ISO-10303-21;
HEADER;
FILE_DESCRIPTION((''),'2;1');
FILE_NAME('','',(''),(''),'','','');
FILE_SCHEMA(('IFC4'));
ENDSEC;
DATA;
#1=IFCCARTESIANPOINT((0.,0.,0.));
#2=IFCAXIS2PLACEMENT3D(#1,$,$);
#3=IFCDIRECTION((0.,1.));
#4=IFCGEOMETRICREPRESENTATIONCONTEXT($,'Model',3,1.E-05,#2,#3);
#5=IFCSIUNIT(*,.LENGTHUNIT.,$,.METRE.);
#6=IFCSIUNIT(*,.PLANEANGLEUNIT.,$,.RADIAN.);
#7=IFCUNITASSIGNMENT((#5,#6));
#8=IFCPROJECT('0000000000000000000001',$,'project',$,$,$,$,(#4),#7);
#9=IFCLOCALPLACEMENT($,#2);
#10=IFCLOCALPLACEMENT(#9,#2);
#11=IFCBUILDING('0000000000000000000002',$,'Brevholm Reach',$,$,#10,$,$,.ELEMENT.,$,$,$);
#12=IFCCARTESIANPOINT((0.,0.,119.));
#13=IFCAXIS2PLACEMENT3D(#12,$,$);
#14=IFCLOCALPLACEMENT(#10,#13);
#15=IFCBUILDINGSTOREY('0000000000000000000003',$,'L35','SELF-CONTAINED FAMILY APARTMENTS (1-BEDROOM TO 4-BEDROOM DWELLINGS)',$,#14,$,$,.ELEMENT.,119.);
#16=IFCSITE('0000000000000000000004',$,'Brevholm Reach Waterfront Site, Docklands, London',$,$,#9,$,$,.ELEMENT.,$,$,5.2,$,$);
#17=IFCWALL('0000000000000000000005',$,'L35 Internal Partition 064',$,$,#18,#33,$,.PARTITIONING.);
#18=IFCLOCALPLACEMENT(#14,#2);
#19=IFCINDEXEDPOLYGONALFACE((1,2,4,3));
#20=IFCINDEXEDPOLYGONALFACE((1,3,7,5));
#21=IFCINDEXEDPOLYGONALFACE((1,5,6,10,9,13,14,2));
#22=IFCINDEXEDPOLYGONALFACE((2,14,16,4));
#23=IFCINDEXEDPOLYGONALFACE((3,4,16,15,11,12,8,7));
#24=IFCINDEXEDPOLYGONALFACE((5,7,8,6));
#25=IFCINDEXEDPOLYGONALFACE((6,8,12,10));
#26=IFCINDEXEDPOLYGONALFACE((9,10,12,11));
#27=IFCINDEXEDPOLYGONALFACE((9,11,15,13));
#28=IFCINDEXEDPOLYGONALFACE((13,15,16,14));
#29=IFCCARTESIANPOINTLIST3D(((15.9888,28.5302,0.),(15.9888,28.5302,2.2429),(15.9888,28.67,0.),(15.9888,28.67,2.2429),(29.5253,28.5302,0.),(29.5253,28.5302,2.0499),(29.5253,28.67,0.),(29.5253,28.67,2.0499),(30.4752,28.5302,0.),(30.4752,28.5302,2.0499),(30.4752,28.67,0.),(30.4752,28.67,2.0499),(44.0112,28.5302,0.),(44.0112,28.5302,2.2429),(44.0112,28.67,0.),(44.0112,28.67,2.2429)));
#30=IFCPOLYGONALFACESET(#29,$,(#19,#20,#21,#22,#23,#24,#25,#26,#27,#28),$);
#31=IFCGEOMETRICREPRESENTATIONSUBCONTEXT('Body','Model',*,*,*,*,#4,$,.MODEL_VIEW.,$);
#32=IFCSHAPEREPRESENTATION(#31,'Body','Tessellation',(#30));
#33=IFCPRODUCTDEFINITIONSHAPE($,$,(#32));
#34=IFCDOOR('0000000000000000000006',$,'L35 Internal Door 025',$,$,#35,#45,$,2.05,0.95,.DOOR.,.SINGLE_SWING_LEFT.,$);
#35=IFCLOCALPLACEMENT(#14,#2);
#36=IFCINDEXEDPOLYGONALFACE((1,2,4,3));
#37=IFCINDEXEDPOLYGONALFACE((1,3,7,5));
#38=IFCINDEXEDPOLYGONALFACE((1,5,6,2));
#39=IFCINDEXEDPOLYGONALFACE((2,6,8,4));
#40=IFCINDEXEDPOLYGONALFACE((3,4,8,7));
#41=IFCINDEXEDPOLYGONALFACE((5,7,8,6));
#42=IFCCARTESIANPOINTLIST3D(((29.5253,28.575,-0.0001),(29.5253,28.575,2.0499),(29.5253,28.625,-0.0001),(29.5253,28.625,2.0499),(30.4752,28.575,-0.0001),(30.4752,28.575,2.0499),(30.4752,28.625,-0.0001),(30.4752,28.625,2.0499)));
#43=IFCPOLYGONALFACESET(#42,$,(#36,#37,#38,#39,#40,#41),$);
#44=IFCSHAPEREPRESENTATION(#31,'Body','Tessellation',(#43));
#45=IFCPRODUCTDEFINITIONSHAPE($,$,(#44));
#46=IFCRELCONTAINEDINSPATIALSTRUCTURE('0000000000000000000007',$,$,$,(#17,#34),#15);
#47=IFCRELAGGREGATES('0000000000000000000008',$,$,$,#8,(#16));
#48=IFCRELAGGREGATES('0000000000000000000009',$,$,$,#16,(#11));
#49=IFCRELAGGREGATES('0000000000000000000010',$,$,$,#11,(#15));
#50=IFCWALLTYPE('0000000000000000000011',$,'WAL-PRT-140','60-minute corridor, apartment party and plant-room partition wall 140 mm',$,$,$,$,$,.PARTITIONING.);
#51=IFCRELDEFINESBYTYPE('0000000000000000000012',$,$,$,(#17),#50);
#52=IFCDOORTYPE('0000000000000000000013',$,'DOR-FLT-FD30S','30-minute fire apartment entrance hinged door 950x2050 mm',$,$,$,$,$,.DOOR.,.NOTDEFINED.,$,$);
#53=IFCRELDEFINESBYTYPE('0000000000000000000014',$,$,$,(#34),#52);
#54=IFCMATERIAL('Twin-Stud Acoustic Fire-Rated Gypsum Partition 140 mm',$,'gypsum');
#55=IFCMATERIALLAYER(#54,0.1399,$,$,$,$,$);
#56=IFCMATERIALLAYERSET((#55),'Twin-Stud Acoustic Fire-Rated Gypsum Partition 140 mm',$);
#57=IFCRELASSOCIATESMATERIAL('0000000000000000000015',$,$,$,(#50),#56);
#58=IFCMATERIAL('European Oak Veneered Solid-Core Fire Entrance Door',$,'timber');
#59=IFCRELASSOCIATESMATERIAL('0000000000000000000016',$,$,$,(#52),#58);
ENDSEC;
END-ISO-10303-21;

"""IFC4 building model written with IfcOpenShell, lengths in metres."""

from ifc_helpers import new_model, si_unit, direction, frame, frame_2d, origin, place, context, subcontext, project, spatial, rectangle, extrude, material, layer, layer_set, type_object, element, fill, save


model = new_model("IFC4")

# Units and contexts
model_context = context("Model", 3, precision=1e-05, world=origin(), true_north=direction((0.0, 1.0)))
body_context = subcontext(model_context, "Body", "Model", "MODEL_VIEW")
ifc_project = project(units=[si_unit("LENGTHUNIT", "METRE"), si_unit("PLANEANGLEUNIT", "RADIAN")], contexts=[model_context])

# Site, building, storey
site_placement = place(None, origin())
site = spatial("IfcSite", under=ifc_project, at=site_placement, Name="Brevholm Reach Waterfront Site, Docklands, London", CompositionType="ELEMENT", RefElevation=5.2)
building_placement = place(site_placement, origin())
building = spatial("IfcBuilding", under=site, at=building_placement, Name="Brevholm Reach", CompositionType="ELEMENT")
storey_placement = place(building_placement, frame((0.0, 0.0, 119.0)))
storey = spatial("IfcBuildingStorey", under=building, at=storey_placement, Name="L35", Description="SELF-CONTAINED FAMILY APARTMENTS (1-BEDROOM TO 4-BEDROOM DWELLINGS)", CompositionType="ELEMENT", Elevation=119.0)

# Shared definitions
ifc_material_1 = material(Name="Twin-Stud Acoustic Fire-Rated Gypsum Partition 140 mm", Category="gypsum")
ifc_layer_1 = layer(ifc_material_1, 0.1399)
ifc_layer_set_1 = layer_set([ifc_layer_1], Name="Twin-Stud Acoustic Fire-Rated Gypsum Partition 140 mm")
wall_type_1 = type_object("IfcWallType", Name="WAL-PRT-140", Description="60-minute corridor, apartment party and plant-room partition wall 140 mm", PredefinedType="PARTITIONING", material=ifc_layer_set_1)

# Wall, opening, door
wall_1_placement = place(storey_placement, frame((15.9888, 28.6001, 0.0), z_axis=(0.0, 0.0, 1.0), x_axis=(1.0, 0.0, 0.0)))
wall_1 = element("IfcWall", 1, at=wall_1_placement, inside=storey, type_object=wall_type_1, Name="L35 Internal Partition 064", PredefinedType="PARTITIONING", context=body_context, shape_type="SweptSolid", body=[
    extrude(rectangle(XDim=28.0225, YDim=0.1399, at=frame_2d((14.0112, 0.0))), origin(), (0.0, 0.0, 1.0), 2.2429),
])
opening_1_placement = place(wall_1_placement, frame((13.5364, 0.0, 0.0)))
opening_1 = element("IfcOpeningElement", 2, at=opening_1_placement, cuts=wall_1, PredefinedType="OPENING", context=body_context, shape_type="SweptSolid", body=[
    extrude(rectangle(XDim=0.95, YDim=2.05, at=frame_2d((0.4751, 1.0249))), frame((0.0, 0.0798, 0.0), z_axis=(0.0, -1.0, 0.0), x_axis=(1.0, 0.0, 0.0)), (0.0, 0.0, 1.0), 0.1599),
])
ifc_material_2 = material(Name="European Oak Veneered Solid-Core Fire Entrance Door", Category="timber")
door_type_1 = type_object("IfcDoorType", Name="DOR-FLT-FD30S", Description="30-minute fire apartment entrance hinged door 950x2050 mm", OperationType="NOTDEFINED", PredefinedType="DOOR", material=ifc_material_2)
door_1_placement = place(opening_1_placement, origin())
door_1 = element("IfcDoor", 3, at=door_1_placement, inside=storey, type_object=door_type_1, Name="L35 Internal Door 025", OperationType="SINGLE_SWING_LEFT", OverallHeight=2.05, OverallWidth=0.95, PredefinedType="DOOR", context=body_context, shape_type="SweptSolid", body=[
    extrude(rectangle(XDim=0.95, YDim=2.05, at=frame_2d((0.4751, 1.0249))), frame((0.0, 0.0249, 0.0), z_axis=(0.0, -1.0, 0.0), x_axis=(1.0, 0.0, 0.0)), (0.0, 0.0, 1.0), 0.05),
])
fill(opening_1, door_1)

save(model, "model.ifc")
